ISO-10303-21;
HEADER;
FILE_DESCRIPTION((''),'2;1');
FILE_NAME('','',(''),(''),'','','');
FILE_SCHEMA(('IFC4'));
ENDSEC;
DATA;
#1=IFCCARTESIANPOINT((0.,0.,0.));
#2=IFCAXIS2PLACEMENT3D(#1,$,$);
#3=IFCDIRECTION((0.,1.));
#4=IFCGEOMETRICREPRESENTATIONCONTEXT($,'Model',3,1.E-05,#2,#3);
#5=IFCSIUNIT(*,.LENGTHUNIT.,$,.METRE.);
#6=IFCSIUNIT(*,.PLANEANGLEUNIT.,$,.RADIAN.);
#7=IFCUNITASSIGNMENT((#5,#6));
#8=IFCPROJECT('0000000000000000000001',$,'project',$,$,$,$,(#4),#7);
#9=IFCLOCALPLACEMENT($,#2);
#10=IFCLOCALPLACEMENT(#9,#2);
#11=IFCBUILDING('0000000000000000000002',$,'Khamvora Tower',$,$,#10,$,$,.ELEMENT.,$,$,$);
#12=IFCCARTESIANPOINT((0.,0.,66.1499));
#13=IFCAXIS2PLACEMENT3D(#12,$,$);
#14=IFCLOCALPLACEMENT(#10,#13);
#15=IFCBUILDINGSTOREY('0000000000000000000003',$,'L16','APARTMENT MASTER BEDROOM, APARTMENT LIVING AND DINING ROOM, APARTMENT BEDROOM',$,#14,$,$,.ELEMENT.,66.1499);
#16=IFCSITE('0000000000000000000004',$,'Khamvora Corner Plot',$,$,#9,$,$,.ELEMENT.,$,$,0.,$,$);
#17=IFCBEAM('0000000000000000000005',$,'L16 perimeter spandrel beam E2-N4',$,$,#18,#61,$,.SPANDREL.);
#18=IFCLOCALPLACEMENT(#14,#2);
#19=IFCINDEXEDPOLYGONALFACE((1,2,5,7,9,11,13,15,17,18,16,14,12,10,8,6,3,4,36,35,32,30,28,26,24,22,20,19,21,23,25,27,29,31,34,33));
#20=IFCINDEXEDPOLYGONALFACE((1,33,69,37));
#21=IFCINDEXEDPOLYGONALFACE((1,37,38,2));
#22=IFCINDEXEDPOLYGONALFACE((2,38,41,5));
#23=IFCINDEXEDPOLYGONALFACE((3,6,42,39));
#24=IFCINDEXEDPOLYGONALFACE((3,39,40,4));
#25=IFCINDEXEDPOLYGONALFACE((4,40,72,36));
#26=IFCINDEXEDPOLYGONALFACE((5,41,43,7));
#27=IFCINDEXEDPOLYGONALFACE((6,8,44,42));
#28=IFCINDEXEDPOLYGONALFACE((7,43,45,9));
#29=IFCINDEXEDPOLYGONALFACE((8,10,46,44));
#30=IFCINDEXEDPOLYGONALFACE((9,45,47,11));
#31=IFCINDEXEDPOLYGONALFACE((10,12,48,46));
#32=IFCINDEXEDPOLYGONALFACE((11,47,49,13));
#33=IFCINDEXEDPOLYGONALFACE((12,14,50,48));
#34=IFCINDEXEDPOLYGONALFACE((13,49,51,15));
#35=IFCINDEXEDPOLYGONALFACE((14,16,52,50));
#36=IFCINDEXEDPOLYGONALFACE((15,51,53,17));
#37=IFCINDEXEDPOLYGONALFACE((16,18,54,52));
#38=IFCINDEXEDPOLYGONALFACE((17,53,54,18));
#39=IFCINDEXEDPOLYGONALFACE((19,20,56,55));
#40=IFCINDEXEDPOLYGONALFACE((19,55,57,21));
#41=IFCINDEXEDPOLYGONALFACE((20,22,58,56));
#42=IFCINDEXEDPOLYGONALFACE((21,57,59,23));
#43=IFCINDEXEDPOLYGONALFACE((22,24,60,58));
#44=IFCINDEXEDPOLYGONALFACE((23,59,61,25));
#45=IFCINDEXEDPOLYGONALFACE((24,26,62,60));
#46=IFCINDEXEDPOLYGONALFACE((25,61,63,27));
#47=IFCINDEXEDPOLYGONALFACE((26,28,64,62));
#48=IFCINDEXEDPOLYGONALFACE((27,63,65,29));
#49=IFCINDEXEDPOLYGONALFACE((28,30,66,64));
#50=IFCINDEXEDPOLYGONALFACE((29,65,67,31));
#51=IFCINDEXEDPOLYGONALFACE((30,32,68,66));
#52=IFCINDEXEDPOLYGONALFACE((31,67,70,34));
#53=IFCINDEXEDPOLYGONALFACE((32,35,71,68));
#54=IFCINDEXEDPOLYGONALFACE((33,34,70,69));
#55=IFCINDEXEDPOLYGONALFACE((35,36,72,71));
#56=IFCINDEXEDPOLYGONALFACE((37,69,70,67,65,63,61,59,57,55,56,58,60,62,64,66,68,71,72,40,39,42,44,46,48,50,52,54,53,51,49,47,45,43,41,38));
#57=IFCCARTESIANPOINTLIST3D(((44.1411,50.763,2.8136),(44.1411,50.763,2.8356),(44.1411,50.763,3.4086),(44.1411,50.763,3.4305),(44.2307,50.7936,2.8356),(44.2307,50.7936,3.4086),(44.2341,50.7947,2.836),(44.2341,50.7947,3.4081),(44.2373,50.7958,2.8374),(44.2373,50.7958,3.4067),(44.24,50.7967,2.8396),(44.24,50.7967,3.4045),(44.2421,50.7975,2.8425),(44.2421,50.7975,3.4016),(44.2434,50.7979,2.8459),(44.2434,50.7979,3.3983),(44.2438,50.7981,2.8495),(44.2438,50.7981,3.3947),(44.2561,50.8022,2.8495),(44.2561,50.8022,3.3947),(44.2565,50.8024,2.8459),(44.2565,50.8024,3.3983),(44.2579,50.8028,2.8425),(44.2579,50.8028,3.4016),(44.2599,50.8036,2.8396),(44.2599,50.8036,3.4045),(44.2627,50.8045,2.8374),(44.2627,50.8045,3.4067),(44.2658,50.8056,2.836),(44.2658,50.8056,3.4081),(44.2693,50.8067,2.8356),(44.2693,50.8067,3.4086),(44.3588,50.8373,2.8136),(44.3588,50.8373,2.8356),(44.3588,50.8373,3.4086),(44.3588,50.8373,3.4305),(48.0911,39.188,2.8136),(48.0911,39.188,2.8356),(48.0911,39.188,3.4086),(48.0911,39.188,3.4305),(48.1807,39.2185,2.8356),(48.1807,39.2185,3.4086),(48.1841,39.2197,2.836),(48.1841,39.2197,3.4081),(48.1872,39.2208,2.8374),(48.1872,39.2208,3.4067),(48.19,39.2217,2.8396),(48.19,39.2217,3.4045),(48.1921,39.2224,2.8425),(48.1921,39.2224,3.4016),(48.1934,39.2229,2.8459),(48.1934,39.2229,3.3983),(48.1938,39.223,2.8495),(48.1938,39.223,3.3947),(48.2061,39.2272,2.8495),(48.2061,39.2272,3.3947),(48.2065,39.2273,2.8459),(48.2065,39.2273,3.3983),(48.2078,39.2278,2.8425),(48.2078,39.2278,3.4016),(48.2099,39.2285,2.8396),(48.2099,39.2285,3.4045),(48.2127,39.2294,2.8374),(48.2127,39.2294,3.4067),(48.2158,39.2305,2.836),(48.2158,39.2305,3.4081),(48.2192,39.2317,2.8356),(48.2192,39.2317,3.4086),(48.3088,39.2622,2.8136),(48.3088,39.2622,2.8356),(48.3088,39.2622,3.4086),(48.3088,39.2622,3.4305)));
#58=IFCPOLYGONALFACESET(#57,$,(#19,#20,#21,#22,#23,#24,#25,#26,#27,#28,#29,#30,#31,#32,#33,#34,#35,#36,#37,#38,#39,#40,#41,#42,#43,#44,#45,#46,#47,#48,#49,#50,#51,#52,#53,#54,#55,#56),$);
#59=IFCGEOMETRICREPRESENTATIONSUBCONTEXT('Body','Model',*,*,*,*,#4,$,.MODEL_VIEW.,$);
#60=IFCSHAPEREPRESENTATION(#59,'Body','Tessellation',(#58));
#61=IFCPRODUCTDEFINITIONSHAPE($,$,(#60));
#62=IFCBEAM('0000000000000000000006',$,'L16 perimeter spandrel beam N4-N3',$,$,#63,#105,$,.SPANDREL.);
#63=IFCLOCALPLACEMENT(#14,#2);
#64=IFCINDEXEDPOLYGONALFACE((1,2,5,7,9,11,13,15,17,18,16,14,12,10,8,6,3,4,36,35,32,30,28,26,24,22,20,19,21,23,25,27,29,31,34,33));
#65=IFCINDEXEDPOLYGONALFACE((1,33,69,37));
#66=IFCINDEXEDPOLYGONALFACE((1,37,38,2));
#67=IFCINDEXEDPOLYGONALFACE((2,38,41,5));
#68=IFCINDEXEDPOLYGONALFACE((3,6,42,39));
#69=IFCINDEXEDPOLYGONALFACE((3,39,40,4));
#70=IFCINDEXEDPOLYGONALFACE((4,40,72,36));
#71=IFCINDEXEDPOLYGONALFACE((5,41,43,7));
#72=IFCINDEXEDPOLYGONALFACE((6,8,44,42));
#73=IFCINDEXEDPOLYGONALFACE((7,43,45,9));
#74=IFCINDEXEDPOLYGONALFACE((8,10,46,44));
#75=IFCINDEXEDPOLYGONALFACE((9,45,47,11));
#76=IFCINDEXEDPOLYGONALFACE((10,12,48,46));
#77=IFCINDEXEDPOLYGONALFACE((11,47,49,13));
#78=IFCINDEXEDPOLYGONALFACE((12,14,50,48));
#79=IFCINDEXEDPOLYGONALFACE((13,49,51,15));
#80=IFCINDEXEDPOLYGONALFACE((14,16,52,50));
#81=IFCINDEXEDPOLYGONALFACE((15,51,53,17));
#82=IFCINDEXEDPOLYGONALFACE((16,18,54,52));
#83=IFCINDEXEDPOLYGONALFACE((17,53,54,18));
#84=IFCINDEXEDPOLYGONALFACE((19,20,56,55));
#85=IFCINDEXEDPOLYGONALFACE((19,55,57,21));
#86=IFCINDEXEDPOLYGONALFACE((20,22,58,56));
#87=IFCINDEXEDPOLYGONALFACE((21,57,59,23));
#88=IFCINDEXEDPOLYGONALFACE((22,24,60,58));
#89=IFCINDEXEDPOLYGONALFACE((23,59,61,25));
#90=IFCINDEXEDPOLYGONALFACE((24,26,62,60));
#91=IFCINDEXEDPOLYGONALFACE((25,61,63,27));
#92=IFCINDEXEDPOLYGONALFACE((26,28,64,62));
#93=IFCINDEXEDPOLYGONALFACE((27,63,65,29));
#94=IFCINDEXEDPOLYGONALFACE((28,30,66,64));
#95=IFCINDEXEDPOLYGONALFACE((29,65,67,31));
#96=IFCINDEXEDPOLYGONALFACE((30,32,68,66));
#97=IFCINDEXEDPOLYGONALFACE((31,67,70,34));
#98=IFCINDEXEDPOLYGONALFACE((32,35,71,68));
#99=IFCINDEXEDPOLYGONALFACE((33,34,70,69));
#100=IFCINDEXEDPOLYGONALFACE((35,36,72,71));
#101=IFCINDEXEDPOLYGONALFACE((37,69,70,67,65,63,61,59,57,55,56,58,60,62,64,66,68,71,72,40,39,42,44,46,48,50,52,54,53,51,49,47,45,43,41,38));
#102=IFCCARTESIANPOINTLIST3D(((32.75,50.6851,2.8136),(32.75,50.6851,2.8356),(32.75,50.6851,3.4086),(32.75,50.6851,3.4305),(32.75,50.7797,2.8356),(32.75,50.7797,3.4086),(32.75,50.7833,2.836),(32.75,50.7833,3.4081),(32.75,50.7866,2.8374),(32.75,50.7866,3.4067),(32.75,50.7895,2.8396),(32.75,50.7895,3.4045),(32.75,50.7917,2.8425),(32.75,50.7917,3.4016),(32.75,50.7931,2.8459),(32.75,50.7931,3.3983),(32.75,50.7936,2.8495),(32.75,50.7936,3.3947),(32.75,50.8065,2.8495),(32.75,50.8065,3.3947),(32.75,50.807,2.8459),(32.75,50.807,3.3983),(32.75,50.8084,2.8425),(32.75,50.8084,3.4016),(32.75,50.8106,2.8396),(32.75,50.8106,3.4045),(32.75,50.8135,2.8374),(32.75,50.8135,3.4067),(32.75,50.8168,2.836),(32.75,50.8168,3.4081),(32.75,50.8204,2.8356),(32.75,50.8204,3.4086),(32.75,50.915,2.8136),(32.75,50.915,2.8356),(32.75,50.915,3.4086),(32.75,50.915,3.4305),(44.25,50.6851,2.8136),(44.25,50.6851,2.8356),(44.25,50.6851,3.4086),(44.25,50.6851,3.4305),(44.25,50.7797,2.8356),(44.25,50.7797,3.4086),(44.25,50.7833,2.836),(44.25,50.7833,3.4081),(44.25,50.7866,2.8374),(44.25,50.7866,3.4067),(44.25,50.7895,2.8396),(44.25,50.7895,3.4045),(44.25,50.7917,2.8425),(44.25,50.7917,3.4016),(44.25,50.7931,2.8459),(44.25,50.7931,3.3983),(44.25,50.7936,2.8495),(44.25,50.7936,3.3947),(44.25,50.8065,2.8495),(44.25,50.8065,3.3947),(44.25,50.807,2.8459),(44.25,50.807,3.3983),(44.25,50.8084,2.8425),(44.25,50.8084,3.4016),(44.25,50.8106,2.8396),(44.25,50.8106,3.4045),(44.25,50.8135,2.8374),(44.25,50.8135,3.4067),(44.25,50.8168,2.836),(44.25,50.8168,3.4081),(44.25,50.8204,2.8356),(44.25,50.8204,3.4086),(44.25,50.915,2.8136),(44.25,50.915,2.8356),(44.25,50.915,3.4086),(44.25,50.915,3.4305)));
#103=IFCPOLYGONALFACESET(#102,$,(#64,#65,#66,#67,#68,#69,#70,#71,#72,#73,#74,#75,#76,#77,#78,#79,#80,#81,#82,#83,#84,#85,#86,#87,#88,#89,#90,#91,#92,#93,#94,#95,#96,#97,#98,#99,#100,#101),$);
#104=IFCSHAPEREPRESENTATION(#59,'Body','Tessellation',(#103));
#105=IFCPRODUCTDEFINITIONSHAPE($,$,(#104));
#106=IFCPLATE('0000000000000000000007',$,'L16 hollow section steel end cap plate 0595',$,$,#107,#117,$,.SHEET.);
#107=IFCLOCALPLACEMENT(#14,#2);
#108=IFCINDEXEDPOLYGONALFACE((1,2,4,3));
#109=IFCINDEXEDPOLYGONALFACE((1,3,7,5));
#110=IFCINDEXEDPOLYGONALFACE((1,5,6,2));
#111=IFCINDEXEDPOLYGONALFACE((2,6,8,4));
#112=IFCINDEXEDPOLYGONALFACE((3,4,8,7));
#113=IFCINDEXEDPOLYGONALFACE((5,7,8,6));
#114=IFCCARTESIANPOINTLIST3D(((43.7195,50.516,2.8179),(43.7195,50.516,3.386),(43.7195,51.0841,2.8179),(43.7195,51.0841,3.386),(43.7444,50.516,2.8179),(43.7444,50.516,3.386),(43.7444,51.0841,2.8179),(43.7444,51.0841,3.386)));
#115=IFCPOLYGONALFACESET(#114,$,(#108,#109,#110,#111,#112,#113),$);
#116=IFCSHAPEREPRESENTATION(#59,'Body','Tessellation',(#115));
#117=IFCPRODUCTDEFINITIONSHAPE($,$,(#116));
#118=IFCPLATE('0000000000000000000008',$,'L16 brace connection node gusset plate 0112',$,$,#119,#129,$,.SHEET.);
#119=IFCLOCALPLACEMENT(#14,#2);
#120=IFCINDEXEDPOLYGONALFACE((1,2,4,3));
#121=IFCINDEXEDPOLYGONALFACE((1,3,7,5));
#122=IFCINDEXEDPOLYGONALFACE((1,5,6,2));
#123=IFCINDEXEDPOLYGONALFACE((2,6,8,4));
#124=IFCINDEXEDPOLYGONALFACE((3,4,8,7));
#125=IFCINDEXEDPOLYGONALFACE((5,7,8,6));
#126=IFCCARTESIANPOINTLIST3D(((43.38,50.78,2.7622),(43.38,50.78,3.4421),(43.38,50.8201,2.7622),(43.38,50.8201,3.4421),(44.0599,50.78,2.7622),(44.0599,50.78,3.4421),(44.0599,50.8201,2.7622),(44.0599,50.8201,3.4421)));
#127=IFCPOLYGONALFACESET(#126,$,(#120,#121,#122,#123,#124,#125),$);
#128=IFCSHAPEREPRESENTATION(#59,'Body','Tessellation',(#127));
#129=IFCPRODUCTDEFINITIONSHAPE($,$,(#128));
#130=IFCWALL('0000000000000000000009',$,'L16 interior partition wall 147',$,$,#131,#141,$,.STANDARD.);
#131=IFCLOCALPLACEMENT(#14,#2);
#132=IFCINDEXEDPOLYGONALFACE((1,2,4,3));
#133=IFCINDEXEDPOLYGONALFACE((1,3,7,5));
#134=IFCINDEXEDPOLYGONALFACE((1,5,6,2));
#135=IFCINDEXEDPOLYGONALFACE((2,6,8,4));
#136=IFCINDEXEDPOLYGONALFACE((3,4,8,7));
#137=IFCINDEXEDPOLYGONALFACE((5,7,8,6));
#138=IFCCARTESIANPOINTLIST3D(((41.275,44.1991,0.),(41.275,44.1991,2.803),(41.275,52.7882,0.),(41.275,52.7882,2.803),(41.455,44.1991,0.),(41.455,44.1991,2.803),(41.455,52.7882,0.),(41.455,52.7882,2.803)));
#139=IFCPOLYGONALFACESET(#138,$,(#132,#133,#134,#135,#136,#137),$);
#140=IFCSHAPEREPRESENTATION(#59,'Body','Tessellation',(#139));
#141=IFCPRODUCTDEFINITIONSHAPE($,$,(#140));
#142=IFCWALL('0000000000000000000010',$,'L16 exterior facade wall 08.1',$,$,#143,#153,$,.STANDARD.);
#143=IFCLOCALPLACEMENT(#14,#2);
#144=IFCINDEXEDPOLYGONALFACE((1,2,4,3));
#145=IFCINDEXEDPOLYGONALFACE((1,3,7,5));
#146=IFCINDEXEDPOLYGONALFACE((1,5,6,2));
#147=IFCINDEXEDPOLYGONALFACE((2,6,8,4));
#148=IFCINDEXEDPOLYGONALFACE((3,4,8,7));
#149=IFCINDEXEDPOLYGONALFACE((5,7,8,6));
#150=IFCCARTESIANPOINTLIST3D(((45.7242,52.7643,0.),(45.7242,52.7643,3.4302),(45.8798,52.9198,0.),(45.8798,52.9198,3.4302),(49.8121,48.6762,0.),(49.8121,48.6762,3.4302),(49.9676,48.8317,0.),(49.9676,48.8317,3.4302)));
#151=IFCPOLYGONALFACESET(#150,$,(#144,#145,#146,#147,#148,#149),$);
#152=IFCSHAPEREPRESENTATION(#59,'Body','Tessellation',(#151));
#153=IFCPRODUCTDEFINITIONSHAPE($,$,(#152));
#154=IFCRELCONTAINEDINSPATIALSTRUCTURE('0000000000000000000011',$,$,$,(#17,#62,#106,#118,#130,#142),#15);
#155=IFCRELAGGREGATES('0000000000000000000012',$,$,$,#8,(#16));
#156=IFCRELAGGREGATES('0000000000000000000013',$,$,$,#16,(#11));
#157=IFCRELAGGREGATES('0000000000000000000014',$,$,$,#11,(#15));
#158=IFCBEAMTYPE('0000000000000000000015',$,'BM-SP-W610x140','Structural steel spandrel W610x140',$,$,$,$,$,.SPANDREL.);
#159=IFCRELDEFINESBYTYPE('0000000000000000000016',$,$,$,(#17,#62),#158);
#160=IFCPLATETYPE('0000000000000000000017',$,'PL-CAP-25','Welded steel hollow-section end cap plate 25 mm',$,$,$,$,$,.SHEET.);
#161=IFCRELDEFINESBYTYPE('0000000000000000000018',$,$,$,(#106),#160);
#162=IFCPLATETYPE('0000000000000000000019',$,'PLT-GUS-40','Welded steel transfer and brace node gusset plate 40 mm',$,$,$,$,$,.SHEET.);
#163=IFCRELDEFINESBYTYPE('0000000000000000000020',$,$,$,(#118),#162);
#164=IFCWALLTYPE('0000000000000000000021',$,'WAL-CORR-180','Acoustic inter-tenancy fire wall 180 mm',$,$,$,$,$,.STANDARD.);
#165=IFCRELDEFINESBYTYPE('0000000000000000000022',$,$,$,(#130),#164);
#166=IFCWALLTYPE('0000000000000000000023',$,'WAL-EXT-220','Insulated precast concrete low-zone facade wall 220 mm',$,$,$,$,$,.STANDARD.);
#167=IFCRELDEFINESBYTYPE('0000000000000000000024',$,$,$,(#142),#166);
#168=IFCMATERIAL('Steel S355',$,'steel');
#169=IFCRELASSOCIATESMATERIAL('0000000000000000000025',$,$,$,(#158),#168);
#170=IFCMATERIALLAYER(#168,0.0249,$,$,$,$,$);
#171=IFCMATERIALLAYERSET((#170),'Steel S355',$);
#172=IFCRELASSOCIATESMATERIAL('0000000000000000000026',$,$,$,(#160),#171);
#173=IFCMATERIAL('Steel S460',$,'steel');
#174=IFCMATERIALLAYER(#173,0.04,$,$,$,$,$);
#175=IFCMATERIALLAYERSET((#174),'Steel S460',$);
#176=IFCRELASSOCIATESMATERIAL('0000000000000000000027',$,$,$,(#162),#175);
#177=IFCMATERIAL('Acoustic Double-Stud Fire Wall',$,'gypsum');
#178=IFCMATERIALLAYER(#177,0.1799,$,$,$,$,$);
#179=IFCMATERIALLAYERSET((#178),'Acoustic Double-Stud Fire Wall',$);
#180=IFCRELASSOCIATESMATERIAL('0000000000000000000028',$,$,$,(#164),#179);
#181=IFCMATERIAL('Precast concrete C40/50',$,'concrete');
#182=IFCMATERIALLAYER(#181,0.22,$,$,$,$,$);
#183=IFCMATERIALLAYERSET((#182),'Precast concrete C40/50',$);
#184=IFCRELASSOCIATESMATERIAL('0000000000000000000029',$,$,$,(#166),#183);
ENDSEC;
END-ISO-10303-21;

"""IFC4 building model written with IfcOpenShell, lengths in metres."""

from ifc_helpers import new_model, si_unit, direction, frame, frame_2d, origin, origin_2d, place, context, subcontext, project, spatial, rectangle, i_section, extrude, material, layer, layer_set, material_profile, profile_set, type_object, element, save


model = new_model("IFC4")

# Units and contexts
model_context = context("Model", 3, precision=1e-05, world=origin(), true_north=direction((0.0, 1.0)))
body_context = subcontext(model_context, "Body", "Model", "MODEL_VIEW")
ifc_project = project(units=[si_unit("LENGTHUNIT", "METRE"), si_unit("PLANEANGLEUNIT", "RADIAN")], contexts=[model_context])

# Site, building, storey
site_placement = place(None, origin())
site = spatial("IfcSite", under=ifc_project, at=site_placement, Name="Khamvora Corner Plot", CompositionType="ELEMENT", RefElevation=0.0)
building_placement = place(site_placement, origin())
building = spatial("IfcBuilding", under=site, at=building_placement, Name="Khamvora Tower", CompositionType="ELEMENT")
storey_placement = place(building_placement, frame((0.0, 0.0, 66.1499)))
storey = spatial("IfcBuildingStorey", under=building, at=storey_placement, Name="L16", Description="APARTMENT MASTER BEDROOM, APARTMENT LIVING AND DINING ROOM, APARTMENT BEDROOM", CompositionType="ELEMENT", Elevation=66.1499)

# Shared definitions
ifc_material_1 = material(Name="Steel S460", Category="steel")

# Beams
ifc_material_2 = material(Name="Steel S355", Category="steel")
ifc_material_profile_1 = material_profile(ifc_material_2, i_section(OverallWidth=0.23, OverallDepth=0.6169, WebThickness=0.0129, FlangeThickness=0.022, FilletRadius=0.0139, at=origin_2d()), Name="W610x140")
ifc_profile_set_1 = profile_set([ifc_material_profile_1], Name="Steel S355")
beam_type_1 = type_object("IfcBeamType", Name="BM-SP-W610x140", Description="Structural steel spandrel W610x140", PredefinedType="SPANDREL", material=ifc_profile_set_1)
beam_1_placement = place(storey_placement, frame((48.2, 39.2251, 3.1221), z_axis=(-0.322963, 0.946412, 0.0), x_axis=(-0.946412, -0.322963, 0.0)))
element("IfcBeam", 1, at=beam_1_placement, inside=storey, type_object=beam_type_1, Name="L16 perimeter spandrel beam E2-N4", PredefinedType="SPANDREL", context=body_context, shape_type="SweptSolid", body=[
    extrude(i_section(OverallWidth=0.23, OverallDepth=0.6169, WebThickness=0.0129, FlangeThickness=0.022, FilletRadius=0.0139, at=origin_2d()), origin(), (0.0, 0.0, 1.0), 12.2305),
])
beam_2_placement = place(storey_placement, frame((44.25, 50.8, 3.1221), z_axis=(-1.0, 0.0, 0.0), x_axis=(0.0, -1.0, 0.0)))
element("IfcBeam", 2, at=beam_2_placement, inside=storey, type_object=beam_type_1, Name="L16 perimeter spandrel beam N4-N3", PredefinedType="SPANDREL", context=body_context, shape_type="SweptSolid", body=[
    extrude(i_section(OverallWidth=0.23, OverallDepth=0.6169, WebThickness=0.0129, FlangeThickness=0.022, FilletRadius=0.0139, at=origin_2d()), origin(), (0.0, 0.0, 1.0), 11.5),
])

# Plates
ifc_layer_1 = layer(ifc_material_2, 0.0249)
ifc_layer_set_1 = layer_set([ifc_layer_1], Name="Steel S355")
plate_type_1 = type_object("IfcPlateType", Name="PL-CAP-25", Description="Welded steel hollow-section end cap plate 25 mm", PredefinedType="SHEET", material=ifc_layer_set_1)
plate_1_placement = place(storey_placement, frame((43.7319, 50.8, 2.8179), z_axis=(0.0, 0.0, 1.0), x_axis=(1.0, 0.0, 0.0)))
element("IfcPlate", 3, at=plate_1_placement, inside=storey, type_object=plate_type_1, Name="L16 hollow section steel end cap plate 0595", PredefinedType="SHEET", context=body_context, shape_type="SweptSolid", body=[
    extrude(rectangle(XDim=0.0249, YDim=0.5681, at=origin_2d()), origin(), (0.0, 0.0, 1.0), 0.5681),
])
ifc_layer_2 = layer(ifc_material_1, 0.04)
ifc_layer_set_2 = layer_set([ifc_layer_2], Name="Steel S460")
plate_type_2 = type_object("IfcPlateType", Name="PLT-GUS-40", Description="Welded steel transfer and brace node gusset plate 40 mm", PredefinedType="SHEET", material=ifc_layer_set_2)
plate_2_placement = place(storey_placement, frame((43.72, 50.8, 2.7622), z_axis=(0.0, 0.0, 1.0), x_axis=(1.0, 0.0, 0.0)))
element("IfcPlate", 4, at=plate_2_placement, inside=storey, type_object=plate_type_2, Name="L16 brace connection node gusset plate 0112", PredefinedType="SHEET", context=body_context, shape_type="SweptSolid", body=[
    extrude(rectangle(XDim=0.6799, YDim=0.04, at=origin_2d()), origin(), (0.0, 0.0, 1.0), 0.6799),
])

# Walls
ifc_material_3 = material(Name="Acoustic Double-Stud Fire Wall", Category="gypsum")
ifc_layer_3 = layer(ifc_material_3, 0.1799)
ifc_layer_set_3 = layer_set([ifc_layer_3], Name="Acoustic Double-Stud Fire Wall")
wall_type_1 = type_object("IfcWallType", Name="WAL-CORR-180", Description="Acoustic inter-tenancy fire wall 180 mm", PredefinedType="STANDARD", material=ifc_layer_set_3)
wall_1_placement = place(storey_placement, frame((41.365, 52.7881, 0.0), z_axis=(0.0, 0.0, 1.0), x_axis=(0.0, -1.0, 0.0)))
element("IfcWall", 5, at=wall_1_placement, inside=storey, type_object=wall_type_1, Name="L16 interior partition wall 147", PredefinedType="STANDARD", context=body_context, shape_type="SweptSolid", body=[
    extrude(rectangle(XDim=8.5891, YDim=0.1799, at=frame_2d((4.2944, 0.0))), origin(), (0.0, 0.0, 1.0), 2.803),
])
ifc_material_4 = material(Name="Precast concrete C40/50", Category="concrete")
ifc_layer_4 = layer(ifc_material_4, 0.22)
ifc_layer_set_4 = layer_set([ifc_layer_4], Name="Precast concrete C40/50")
wall_type_2 = type_object("IfcWallType", Name="WAL-EXT-220", Description="Insulated precast concrete low-zone facade wall 220 mm", PredefinedType="STANDARD", material=ifc_layer_set_4)
wall_2_placement = place(storey_placement, frame((45.802, 52.842, 0.0), z_axis=(0.0, 0.0, 1.0), x_axis=(0.707086, -0.707128, 0.0)))
element("IfcWall", 6, at=wall_2_placement, inside=storey, type_object=wall_type_2, Name="L16 exterior facade wall 08.1", PredefinedType="STANDARD", context=body_context, shape_type="SweptSolid", body=[
    extrude(rectangle(XDim=5.7812, YDim=0.22, at=frame_2d((2.8906, 0.0))), origin(), (0.0, 0.0, 1.0), 3.4302),
])

save(model, "model.ifc")
